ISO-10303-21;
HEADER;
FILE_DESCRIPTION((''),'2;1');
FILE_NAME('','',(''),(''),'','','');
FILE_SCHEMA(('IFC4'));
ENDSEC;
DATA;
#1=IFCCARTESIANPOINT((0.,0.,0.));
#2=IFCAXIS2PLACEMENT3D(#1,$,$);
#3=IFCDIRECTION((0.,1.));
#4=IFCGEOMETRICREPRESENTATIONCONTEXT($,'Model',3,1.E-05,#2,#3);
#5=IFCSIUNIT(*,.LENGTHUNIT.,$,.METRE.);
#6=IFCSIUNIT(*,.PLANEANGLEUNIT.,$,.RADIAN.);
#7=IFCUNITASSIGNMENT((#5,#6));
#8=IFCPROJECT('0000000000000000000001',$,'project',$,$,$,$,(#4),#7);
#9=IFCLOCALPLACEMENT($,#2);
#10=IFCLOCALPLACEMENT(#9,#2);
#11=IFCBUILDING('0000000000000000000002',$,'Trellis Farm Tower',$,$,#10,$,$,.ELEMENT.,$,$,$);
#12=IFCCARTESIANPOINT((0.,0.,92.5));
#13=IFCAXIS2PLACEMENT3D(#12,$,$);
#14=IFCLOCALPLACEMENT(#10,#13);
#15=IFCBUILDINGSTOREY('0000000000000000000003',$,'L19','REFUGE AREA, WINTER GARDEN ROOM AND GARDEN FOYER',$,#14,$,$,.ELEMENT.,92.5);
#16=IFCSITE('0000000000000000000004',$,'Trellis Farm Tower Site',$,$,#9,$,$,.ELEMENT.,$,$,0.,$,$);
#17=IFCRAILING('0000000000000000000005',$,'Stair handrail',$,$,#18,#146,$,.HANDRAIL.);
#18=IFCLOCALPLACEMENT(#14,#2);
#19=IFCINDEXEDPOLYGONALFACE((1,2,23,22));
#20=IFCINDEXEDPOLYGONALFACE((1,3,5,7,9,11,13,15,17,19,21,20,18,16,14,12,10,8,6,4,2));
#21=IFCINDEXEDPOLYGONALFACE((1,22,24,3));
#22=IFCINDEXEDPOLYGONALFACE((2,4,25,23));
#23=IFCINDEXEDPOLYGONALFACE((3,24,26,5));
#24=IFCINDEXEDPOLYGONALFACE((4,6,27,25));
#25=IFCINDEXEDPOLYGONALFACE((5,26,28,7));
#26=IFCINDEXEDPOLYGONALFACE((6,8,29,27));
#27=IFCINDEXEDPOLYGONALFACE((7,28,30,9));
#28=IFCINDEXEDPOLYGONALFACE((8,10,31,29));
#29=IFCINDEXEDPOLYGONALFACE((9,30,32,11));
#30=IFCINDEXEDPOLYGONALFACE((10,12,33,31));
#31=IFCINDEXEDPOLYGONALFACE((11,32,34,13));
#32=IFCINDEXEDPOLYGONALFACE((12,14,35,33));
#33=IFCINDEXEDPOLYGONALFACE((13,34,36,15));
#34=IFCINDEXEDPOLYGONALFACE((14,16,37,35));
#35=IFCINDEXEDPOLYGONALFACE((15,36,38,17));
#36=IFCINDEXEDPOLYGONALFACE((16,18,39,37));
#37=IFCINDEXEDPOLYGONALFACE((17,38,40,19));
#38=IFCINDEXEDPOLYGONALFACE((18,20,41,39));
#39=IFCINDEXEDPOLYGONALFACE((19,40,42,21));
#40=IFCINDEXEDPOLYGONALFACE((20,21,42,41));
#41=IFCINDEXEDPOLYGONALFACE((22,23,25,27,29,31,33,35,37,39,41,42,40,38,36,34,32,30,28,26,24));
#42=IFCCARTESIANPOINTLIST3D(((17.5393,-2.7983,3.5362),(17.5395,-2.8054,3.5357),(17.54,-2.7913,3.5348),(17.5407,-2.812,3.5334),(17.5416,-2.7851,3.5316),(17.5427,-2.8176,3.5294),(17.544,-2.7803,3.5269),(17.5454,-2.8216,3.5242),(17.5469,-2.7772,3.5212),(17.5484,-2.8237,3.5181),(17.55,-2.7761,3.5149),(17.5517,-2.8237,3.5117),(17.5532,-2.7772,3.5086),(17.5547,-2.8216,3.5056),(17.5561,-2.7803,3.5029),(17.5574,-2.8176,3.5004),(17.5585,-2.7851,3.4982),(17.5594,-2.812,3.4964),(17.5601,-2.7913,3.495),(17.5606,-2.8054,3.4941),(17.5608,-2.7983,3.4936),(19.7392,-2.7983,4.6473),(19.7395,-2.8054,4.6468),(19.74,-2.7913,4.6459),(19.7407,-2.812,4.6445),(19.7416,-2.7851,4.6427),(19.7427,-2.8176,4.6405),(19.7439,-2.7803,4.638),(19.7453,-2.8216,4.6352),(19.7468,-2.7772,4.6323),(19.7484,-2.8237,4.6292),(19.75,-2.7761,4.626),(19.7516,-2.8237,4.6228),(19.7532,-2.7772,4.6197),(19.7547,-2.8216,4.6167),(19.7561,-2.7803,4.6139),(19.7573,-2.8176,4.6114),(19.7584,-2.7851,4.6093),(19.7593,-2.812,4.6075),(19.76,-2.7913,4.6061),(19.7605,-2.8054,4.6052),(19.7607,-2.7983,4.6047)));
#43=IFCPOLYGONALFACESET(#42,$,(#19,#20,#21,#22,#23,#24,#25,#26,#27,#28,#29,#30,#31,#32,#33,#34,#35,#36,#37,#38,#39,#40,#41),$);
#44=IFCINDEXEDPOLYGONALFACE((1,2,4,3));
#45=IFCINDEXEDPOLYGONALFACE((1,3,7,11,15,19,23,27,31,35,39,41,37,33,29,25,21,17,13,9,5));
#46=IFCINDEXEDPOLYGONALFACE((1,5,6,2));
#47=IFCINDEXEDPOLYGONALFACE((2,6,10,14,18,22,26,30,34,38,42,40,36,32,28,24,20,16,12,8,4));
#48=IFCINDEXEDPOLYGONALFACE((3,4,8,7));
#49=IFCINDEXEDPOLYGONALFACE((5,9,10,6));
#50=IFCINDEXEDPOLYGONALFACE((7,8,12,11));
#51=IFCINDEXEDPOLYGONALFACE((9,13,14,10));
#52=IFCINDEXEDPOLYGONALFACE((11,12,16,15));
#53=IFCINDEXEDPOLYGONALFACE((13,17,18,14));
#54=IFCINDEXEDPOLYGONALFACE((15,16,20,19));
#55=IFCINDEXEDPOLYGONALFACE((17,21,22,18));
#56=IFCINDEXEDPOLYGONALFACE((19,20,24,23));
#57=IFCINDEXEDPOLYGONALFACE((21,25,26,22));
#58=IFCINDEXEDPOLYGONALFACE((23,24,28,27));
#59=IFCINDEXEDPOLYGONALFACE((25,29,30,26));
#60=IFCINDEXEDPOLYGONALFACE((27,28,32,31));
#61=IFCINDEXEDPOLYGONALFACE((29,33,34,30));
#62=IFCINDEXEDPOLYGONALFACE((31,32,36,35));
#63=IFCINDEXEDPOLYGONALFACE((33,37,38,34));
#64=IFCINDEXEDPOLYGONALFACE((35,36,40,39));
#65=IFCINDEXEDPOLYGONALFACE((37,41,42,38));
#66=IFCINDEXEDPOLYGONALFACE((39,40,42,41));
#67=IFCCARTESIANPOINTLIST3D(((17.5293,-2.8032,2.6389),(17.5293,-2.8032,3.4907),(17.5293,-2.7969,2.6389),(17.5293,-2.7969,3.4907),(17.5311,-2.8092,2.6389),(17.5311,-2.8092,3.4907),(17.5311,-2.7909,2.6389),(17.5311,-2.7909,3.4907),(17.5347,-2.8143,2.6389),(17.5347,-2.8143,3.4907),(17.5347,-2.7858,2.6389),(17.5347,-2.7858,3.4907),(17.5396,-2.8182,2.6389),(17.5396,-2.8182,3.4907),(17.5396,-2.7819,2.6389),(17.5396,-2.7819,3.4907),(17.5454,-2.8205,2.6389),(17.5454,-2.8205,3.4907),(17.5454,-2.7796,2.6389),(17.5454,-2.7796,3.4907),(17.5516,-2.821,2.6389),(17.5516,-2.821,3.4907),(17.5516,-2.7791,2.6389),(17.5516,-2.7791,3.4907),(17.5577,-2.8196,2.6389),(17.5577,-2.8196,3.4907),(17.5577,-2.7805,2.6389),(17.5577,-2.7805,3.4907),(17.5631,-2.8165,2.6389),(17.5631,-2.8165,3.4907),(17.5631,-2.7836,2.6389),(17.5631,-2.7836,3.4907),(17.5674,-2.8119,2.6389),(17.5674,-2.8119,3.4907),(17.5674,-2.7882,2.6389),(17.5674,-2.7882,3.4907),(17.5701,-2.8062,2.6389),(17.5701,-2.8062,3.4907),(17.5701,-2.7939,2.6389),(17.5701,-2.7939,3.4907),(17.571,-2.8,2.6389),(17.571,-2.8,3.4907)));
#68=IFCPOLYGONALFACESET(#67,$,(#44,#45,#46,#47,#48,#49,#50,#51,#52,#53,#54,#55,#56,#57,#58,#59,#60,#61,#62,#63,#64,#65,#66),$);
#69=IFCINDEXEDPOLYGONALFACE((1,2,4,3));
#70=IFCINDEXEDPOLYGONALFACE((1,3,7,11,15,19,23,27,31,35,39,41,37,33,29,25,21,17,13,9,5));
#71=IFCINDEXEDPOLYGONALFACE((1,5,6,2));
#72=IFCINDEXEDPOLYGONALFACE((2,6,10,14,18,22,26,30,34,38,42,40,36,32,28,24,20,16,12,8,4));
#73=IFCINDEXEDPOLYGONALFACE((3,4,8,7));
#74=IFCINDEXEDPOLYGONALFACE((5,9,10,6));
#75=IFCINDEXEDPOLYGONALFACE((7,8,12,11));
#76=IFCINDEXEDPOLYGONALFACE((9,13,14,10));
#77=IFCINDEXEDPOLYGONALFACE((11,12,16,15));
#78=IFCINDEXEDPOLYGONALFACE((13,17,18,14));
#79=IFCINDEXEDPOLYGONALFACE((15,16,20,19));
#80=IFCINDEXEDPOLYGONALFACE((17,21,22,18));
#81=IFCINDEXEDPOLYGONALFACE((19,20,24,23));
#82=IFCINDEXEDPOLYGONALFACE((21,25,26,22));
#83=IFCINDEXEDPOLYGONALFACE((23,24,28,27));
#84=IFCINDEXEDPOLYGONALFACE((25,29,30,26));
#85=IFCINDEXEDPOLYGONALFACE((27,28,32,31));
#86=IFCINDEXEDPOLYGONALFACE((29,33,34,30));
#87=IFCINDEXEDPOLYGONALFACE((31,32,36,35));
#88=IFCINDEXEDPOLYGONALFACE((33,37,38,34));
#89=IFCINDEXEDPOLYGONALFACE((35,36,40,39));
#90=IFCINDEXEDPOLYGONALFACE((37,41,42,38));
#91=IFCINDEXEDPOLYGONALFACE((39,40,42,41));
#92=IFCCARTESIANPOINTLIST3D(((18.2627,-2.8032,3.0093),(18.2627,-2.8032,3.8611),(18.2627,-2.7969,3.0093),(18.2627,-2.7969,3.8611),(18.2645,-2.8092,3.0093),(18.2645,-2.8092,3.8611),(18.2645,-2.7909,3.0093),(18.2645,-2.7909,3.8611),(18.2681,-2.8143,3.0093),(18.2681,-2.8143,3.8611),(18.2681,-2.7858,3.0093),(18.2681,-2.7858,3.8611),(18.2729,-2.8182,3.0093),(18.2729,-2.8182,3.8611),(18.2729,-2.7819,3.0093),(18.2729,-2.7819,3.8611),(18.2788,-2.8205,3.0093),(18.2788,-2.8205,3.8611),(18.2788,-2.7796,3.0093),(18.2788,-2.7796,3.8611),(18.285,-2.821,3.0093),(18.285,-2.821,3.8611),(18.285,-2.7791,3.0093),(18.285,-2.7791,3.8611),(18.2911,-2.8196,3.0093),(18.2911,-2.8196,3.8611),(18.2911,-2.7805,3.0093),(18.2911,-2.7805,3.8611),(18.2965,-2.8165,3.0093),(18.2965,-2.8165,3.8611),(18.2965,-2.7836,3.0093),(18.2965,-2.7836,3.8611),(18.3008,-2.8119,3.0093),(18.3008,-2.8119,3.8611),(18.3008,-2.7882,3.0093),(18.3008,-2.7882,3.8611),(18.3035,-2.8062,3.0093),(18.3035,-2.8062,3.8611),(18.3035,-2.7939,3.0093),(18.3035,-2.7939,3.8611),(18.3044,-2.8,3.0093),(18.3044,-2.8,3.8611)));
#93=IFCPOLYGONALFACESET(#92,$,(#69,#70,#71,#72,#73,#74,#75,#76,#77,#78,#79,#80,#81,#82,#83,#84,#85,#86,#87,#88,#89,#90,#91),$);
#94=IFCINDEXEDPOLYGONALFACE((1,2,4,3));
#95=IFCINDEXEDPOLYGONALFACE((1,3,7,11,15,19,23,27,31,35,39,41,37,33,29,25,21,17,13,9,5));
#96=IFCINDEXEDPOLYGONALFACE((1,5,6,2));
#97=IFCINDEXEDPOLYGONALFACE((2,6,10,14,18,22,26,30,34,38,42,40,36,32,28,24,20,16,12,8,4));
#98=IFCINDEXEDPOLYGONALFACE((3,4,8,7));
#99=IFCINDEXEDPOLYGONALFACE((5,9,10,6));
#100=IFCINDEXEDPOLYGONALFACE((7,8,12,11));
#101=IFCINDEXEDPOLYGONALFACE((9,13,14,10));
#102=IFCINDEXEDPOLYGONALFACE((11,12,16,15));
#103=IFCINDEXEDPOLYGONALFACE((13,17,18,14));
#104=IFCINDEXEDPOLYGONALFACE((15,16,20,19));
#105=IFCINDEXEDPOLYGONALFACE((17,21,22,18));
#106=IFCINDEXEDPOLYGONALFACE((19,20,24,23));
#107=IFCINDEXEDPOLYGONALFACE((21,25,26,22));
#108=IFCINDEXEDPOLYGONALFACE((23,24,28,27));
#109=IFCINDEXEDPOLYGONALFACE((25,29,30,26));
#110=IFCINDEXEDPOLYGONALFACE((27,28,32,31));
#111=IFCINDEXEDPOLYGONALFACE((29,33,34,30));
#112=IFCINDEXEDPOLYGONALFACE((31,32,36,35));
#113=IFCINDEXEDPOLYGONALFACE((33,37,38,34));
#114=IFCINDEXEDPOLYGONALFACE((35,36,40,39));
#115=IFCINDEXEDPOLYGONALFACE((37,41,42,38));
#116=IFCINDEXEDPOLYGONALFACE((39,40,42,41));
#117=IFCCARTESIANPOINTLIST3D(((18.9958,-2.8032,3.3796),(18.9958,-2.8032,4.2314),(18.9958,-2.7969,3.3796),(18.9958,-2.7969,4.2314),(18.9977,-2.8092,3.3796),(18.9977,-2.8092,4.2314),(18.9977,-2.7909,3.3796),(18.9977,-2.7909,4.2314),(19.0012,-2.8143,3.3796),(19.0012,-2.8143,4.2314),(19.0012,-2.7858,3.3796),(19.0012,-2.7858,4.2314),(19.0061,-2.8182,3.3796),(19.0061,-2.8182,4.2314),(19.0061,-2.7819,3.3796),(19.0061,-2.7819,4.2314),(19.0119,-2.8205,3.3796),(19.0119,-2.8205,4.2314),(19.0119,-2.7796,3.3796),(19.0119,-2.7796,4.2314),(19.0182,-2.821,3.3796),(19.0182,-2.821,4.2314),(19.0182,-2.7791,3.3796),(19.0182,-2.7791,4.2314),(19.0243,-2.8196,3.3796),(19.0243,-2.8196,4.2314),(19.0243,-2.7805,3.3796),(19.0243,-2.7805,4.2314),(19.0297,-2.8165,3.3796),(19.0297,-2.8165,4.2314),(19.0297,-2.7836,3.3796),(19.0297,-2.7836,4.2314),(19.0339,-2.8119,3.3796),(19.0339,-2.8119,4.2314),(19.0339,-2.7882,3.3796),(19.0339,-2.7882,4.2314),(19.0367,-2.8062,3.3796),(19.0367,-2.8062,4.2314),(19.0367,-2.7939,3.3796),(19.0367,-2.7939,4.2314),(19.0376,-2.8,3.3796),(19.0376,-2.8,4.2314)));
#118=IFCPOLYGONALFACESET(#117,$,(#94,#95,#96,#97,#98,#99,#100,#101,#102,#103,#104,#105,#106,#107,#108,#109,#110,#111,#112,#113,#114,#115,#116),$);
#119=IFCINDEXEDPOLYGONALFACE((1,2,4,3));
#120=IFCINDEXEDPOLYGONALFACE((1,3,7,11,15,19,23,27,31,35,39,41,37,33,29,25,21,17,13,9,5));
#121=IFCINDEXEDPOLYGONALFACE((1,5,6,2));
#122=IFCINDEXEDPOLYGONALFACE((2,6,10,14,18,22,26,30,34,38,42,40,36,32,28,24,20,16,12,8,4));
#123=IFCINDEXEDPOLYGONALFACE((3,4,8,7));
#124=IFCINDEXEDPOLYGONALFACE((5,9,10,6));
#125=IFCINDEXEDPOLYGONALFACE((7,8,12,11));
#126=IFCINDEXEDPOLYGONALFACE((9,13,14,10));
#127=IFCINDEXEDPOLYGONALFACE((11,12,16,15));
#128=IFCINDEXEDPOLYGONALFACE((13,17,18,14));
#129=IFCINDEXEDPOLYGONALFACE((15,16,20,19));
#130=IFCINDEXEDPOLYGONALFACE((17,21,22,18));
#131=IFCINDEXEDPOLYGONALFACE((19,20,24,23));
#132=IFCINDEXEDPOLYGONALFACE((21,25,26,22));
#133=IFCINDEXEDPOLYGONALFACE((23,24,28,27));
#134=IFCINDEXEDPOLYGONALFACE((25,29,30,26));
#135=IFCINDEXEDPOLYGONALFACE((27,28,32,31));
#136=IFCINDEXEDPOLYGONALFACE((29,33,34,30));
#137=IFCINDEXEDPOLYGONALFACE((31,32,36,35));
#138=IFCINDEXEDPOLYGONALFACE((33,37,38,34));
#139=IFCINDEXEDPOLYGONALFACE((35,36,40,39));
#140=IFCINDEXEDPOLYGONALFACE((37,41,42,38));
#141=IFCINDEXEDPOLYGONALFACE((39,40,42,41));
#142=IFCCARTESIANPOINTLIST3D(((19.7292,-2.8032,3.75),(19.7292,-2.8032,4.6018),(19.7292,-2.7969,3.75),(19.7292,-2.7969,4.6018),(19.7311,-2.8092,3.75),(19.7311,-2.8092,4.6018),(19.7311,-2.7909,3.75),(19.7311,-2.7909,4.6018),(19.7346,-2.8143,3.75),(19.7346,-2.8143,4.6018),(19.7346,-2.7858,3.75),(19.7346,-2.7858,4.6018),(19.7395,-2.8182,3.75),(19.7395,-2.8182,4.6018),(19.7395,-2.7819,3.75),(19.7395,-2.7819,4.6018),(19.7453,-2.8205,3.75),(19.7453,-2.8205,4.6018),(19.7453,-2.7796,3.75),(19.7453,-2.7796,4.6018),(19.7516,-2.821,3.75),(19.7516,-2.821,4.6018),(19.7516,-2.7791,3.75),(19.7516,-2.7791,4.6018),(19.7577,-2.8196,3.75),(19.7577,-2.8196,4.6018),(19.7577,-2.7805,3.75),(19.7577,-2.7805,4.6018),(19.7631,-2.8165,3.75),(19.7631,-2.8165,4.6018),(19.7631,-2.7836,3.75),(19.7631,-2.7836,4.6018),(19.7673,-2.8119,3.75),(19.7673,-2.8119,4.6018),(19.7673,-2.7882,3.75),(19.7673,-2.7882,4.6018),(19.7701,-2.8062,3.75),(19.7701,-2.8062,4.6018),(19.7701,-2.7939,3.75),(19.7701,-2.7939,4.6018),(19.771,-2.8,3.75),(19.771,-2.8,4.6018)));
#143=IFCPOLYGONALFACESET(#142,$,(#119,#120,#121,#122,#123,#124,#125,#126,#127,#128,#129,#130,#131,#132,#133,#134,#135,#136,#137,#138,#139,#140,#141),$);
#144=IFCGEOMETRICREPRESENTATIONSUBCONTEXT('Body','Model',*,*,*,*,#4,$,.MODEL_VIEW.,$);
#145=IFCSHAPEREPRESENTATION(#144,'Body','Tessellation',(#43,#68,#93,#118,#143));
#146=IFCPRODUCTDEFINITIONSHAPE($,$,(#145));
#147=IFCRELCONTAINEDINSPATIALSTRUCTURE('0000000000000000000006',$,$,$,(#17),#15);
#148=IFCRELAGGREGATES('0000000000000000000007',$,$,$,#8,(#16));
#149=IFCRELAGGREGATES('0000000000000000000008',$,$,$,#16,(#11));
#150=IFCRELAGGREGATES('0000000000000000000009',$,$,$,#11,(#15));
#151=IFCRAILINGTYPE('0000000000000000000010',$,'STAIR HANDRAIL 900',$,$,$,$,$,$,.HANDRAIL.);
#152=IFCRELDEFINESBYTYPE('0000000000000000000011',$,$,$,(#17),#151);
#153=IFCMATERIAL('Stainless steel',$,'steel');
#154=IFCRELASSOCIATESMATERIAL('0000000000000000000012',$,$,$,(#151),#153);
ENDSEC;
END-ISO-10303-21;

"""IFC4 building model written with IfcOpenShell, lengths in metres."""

from ifc_helpers import new_model, si_unit, direction, frame, origin, origin_2d, place, context, subcontext, project, spatial, circle, extrude, source, transform, mapped, material, type_object, element, save


model = new_model("IFC4")

# Units and contexts
model_context = context("Model", 3, precision=1e-05, world=origin(), true_north=direction((0.0, 1.0)))
body_context = subcontext(model_context, "Body", "Model", "MODEL_VIEW")
ifc_project = project(units=[si_unit("LENGTHUNIT", "METRE"), si_unit("PLANEANGLEUNIT", "RADIAN")], contexts=[model_context])

# Site, building, storey
site_placement = place(None, origin())
site = spatial("IfcSite", under=ifc_project, at=site_placement, Name="Trellis Farm Tower Site", CompositionType="ELEMENT", RefElevation=0.0)
building_placement = place(site_placement, origin())
building = spatial("IfcBuilding", under=site, at=building_placement, Name="Trellis Farm Tower", CompositionType="ELEMENT")
storey_placement = place(building_placement, frame((0.0, 0.0, 92.5)))
storey = spatial("IfcBuildingStorey", under=building, at=storey_placement, Name="L19", Description="REFUGE AREA, WINTER GARDEN ROOM AND GARDEN FOYER", CompositionType="ELEMENT", Elevation=92.5)

# Shared definitions
ifc_material_1 = material(Name="Stainless steel", Category="steel")

# Railing
railing_type = type_object("IfcRailingType", Name="STAIR HANDRAIL 900", PredefinedType="HANDRAIL", material=ifc_material_1)
shared_shape_1 = source(origin(), body_context, "Body", "SweptSolid", [
    extrude(circle(Radius=0.0239, at=origin_2d()), frame((0.0, 0.0, 0.876), z_axis=(0.892617, 0.0, 0.450816), x_axis=(0.0, 1.0, 0.0)), (0.0, 0.0, 1.0), 2.4646),
    extrude(circle(Radius=0.021, at=origin_2d()), origin(), (0.0, 0.0, 1.0), 0.8518),
    extrude(circle(Radius=0.021, at=origin_2d()), frame((0.7334, 0.0, 0.3704)), (0.0, 0.0, 1.0), 0.8518),
    extrude(circle(Radius=0.021, at=origin_2d()), frame((1.4666, 0.0, 0.7407)), (0.0, 0.0, 1.0), 0.8518),
    extrude(circle(Radius=0.021, at=origin_2d()), frame((2.2, 0.0, 1.1111)), (0.0, 0.0, 1.0), 0.8518),
])
for number, where, name in (
    (1, (17.55, -2.8, 2.6389), "Stair handrail"),
):
    element("IfcRailing", number, at=place(storey_placement, frame(where)), inside=storey, type_object=railing_type, Name=name, PredefinedType="HANDRAIL", context=body_context, shape_type="MappedRepresentation", body=[
        mapped(shared_shape_1, transform((0.0, 0.0, 0.0))),
    ])

save(model, "model.ifc")
